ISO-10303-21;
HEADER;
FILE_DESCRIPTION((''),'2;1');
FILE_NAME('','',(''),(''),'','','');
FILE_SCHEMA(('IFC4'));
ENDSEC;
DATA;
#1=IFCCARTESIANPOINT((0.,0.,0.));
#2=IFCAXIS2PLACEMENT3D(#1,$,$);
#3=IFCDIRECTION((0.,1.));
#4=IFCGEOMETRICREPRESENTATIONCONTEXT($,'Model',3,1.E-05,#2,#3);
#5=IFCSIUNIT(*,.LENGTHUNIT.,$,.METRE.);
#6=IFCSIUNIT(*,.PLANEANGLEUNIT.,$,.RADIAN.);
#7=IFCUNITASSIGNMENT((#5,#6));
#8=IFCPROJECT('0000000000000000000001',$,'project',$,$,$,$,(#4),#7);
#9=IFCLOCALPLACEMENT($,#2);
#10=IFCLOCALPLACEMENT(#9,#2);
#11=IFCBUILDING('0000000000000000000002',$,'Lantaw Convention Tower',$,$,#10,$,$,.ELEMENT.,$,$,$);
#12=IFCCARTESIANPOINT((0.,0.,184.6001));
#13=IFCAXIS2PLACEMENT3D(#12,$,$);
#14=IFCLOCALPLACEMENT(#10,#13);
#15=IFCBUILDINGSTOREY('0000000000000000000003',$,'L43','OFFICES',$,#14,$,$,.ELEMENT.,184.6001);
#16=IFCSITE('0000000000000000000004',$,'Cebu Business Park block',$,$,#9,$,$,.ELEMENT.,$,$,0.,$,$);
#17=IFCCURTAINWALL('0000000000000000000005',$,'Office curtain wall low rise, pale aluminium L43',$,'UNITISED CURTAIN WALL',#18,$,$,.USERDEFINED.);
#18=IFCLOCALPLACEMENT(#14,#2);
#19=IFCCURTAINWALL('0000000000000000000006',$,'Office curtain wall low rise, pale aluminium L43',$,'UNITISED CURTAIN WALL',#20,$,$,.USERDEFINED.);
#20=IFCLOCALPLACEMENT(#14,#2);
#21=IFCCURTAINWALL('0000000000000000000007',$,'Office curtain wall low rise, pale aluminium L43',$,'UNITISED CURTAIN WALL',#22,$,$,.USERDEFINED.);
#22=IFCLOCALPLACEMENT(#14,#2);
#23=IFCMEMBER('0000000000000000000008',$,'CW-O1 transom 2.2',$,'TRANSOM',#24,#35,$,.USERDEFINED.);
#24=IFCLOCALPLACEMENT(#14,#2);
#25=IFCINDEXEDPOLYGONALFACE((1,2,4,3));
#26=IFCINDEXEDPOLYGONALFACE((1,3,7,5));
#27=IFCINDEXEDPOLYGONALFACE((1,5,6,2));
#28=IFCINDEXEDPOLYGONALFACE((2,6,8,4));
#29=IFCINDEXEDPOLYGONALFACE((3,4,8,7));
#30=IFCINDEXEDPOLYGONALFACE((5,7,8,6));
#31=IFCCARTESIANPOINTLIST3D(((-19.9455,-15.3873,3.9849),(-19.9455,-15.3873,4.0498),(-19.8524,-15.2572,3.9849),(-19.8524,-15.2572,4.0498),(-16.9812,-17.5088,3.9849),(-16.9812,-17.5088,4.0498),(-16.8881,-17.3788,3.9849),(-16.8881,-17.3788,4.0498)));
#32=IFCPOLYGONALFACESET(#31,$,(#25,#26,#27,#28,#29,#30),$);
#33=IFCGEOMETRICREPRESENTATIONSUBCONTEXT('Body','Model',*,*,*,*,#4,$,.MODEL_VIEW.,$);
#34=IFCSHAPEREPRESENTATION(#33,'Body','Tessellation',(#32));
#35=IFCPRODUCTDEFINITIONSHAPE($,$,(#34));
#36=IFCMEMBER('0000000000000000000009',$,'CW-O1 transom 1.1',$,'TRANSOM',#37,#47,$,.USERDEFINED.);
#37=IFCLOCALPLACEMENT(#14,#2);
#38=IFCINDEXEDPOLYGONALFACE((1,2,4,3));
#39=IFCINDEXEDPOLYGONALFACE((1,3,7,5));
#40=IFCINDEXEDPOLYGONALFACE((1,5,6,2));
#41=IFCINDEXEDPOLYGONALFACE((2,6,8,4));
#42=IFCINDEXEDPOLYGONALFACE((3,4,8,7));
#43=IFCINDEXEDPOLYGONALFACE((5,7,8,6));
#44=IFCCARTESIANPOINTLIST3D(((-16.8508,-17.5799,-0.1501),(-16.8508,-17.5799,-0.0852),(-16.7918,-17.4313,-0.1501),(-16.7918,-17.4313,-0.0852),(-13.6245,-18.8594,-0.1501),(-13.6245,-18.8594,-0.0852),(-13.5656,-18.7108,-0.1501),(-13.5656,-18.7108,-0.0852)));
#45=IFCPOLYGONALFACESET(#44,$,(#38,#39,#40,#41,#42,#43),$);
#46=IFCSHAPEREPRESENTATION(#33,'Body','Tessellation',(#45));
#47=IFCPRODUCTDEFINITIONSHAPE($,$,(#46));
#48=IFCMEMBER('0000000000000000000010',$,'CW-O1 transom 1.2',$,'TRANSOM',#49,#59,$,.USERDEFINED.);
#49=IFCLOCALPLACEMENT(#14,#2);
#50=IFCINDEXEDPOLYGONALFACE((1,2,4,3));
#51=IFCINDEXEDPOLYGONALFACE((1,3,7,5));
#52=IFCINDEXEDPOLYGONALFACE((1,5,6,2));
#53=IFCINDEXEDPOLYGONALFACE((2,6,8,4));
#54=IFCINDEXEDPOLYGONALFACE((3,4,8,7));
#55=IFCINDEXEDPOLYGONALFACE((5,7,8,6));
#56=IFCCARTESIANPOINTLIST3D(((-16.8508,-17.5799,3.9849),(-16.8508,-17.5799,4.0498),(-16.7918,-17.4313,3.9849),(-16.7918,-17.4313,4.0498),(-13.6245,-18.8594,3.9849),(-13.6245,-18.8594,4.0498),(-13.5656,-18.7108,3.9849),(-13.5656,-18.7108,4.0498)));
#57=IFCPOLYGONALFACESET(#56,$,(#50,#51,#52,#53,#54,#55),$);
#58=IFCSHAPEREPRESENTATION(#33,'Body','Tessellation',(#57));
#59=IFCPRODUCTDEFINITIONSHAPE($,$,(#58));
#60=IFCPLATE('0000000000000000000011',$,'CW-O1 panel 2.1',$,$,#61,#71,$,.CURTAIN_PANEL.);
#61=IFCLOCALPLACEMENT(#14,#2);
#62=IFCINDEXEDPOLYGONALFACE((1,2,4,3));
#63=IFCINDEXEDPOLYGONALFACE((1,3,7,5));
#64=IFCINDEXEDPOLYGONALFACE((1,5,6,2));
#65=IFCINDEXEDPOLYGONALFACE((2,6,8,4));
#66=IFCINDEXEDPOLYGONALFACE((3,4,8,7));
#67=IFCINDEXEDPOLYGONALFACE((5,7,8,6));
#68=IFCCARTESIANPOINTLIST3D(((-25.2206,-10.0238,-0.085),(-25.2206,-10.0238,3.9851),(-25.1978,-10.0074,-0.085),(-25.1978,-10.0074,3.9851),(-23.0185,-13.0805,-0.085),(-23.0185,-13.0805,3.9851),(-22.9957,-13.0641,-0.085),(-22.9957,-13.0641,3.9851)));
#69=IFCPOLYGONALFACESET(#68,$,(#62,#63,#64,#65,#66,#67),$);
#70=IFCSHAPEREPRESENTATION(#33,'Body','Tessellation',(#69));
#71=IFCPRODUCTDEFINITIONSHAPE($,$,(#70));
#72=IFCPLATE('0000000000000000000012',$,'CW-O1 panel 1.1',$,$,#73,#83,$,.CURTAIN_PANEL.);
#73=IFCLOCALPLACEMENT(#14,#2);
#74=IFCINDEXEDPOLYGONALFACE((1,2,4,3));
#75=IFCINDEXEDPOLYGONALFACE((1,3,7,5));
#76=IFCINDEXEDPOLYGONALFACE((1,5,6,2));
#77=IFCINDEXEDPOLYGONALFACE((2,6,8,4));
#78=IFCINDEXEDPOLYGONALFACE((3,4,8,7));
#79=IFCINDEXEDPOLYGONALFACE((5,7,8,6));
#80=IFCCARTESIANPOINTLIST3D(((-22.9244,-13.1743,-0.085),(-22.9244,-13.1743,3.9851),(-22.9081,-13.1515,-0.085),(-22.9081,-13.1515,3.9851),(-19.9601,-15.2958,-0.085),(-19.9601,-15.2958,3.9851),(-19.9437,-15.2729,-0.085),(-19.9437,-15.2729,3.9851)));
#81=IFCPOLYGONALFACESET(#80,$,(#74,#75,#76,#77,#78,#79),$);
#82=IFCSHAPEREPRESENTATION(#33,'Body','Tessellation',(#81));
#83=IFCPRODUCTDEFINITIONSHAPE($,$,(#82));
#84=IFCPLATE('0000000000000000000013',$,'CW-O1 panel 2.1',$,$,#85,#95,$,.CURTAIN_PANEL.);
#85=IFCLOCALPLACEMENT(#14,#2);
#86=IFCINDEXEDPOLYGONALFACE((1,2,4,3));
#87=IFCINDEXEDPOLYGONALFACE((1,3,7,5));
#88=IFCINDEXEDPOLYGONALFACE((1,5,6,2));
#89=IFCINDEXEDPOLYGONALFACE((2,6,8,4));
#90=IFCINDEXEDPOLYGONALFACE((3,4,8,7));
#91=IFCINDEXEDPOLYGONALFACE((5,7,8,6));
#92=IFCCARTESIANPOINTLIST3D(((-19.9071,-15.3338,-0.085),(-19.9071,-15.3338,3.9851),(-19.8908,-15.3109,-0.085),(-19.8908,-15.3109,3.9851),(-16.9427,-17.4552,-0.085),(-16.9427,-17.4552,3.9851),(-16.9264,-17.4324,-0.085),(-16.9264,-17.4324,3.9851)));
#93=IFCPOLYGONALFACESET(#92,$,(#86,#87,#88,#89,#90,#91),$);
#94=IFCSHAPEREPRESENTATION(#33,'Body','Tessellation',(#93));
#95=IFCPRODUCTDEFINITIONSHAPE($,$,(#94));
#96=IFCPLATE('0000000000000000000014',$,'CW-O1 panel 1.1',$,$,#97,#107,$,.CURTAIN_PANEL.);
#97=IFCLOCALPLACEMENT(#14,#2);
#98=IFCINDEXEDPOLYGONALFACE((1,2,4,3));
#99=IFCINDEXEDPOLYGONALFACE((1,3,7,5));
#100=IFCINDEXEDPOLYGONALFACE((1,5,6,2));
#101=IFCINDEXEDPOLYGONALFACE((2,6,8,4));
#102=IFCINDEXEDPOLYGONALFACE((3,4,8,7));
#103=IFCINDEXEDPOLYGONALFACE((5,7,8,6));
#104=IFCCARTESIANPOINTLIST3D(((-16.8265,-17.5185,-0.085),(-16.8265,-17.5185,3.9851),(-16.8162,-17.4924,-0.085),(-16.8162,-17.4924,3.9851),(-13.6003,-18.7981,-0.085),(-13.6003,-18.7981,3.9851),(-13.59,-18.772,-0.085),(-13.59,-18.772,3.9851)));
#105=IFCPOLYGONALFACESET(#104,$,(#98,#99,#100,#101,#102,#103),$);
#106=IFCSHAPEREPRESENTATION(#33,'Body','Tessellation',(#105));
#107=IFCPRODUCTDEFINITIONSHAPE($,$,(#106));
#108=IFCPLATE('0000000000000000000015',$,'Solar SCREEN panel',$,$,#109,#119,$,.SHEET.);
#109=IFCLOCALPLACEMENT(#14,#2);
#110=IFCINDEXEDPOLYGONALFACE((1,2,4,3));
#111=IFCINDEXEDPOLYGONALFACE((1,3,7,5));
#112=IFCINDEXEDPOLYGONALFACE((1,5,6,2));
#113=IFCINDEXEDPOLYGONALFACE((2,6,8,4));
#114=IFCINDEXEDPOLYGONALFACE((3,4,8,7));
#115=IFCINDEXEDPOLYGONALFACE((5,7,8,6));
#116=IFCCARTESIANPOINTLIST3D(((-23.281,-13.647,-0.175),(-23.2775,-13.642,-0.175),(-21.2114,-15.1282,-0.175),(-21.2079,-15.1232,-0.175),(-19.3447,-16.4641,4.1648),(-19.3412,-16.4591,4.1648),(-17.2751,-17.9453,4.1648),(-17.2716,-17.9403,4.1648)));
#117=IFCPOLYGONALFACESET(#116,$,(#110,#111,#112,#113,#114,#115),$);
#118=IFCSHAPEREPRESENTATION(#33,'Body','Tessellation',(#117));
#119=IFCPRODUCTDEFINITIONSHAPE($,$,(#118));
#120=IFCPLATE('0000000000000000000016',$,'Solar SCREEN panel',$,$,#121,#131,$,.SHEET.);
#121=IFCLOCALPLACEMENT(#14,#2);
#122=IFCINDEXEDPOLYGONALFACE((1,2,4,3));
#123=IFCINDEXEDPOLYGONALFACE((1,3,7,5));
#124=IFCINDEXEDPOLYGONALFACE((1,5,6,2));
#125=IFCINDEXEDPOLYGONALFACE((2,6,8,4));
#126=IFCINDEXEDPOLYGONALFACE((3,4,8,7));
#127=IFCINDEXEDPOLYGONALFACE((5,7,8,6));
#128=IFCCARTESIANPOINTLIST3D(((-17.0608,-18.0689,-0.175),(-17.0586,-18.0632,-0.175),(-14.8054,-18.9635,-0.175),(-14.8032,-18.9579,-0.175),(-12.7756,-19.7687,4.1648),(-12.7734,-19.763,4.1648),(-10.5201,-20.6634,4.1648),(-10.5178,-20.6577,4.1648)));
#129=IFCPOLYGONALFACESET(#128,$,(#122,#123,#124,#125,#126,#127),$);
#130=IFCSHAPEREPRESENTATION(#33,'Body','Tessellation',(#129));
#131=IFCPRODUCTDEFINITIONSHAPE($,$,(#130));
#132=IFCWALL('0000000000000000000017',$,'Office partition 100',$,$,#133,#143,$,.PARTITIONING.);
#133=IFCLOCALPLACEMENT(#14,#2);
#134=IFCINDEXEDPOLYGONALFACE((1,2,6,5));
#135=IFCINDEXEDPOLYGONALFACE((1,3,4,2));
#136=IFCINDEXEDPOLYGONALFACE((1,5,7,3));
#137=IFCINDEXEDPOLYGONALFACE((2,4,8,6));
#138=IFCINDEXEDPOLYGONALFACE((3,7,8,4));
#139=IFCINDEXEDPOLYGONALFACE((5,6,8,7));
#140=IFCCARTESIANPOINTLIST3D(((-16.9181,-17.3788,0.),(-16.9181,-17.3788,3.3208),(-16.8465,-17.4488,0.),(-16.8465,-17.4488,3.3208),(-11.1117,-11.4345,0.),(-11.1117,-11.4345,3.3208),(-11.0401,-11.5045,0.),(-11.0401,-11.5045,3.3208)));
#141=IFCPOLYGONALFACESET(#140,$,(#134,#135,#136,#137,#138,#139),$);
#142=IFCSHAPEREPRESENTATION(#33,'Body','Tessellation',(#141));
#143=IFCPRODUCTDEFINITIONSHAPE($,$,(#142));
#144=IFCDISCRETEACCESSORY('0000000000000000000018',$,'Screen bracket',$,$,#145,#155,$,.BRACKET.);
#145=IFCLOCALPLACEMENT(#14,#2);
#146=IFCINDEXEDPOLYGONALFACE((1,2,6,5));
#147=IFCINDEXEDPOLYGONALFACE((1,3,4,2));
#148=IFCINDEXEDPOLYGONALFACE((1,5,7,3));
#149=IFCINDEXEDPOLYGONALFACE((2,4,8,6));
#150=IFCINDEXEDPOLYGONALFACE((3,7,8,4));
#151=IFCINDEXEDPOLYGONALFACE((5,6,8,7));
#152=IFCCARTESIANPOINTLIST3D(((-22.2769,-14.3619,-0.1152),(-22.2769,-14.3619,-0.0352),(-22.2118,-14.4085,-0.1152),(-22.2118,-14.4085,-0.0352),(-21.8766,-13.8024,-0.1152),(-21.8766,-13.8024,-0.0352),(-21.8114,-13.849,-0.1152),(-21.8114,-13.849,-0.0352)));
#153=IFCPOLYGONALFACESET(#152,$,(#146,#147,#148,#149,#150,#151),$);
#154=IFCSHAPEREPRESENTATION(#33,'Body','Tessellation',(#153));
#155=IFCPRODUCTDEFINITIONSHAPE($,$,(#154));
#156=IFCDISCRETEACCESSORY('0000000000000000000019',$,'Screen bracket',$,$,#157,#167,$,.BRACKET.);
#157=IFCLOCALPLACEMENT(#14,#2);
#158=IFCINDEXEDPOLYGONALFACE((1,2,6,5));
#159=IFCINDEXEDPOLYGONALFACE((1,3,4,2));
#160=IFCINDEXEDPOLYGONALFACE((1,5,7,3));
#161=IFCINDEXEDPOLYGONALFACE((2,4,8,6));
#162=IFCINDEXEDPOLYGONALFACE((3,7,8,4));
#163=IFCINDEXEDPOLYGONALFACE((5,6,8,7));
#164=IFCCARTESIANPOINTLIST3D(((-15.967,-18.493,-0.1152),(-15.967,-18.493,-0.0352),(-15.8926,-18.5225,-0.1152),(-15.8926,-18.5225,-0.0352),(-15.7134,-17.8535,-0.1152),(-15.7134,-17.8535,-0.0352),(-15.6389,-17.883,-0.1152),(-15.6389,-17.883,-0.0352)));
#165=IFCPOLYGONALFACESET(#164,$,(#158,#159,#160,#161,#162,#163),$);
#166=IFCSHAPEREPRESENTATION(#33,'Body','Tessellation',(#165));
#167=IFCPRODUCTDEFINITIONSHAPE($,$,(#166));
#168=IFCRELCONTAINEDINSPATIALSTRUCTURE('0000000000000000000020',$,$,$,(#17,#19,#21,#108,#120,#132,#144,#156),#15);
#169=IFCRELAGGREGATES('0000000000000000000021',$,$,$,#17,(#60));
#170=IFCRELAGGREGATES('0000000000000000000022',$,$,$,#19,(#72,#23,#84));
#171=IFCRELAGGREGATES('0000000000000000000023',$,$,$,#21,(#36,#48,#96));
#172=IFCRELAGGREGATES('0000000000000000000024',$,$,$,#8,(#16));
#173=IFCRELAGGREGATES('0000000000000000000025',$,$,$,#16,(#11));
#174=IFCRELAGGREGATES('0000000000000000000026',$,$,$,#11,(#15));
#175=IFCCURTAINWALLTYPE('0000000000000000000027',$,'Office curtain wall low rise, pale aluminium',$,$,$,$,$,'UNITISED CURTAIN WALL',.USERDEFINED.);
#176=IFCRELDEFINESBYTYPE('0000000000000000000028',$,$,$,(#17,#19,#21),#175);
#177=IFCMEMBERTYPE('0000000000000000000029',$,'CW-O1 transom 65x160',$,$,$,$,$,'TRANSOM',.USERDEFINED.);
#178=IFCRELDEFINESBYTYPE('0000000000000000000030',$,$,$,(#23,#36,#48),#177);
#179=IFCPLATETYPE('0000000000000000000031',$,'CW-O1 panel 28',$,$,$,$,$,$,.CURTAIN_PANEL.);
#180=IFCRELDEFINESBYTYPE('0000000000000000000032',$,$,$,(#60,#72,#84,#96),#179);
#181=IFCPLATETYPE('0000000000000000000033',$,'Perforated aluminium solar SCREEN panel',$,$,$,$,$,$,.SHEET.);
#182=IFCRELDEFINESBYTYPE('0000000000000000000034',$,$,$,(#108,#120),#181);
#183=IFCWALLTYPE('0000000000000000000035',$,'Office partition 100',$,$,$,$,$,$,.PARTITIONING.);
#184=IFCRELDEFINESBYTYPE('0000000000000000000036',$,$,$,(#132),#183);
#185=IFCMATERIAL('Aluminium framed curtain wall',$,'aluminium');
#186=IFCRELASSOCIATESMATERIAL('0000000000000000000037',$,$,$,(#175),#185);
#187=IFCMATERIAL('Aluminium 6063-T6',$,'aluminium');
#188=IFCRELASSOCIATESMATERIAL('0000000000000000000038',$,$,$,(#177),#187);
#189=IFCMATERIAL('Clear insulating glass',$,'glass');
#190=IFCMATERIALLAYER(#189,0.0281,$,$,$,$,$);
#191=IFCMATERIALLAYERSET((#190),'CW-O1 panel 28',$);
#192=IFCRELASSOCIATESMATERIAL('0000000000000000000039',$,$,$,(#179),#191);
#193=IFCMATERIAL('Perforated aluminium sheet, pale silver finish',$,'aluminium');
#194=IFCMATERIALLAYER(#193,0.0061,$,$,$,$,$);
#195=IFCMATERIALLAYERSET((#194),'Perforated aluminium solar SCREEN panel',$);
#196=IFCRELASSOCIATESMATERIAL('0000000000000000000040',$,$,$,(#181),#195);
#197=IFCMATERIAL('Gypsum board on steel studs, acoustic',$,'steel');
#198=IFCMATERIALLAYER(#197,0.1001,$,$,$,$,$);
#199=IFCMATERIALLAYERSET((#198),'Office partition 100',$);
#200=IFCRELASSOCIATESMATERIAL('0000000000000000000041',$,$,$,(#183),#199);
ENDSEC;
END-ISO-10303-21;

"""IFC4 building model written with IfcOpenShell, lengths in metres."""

from ifc_helpers import new_model, si_unit, direction, frame, frame_2d, origin, origin_2d, place, context, subcontext, project, spatial, polyline, rectangle, outline, extrude, material, layer, layer_set, material_profile, profile_set, type_object, element, aggregate, save


model = new_model("IFC4")

# Units and contexts
model_context = context("Model", 3, precision=1e-05, world=origin(), true_north=direction((0.0, 1.0)))
body_context = subcontext(model_context, "Body", "Model", "MODEL_VIEW")
ifc_project = project(units=[si_unit("LENGTHUNIT", "METRE"), si_unit("PLANEANGLEUNIT", "RADIAN")], contexts=[model_context])

# Site, building, storey
site_placement = place(None, origin())
site = spatial("IfcSite", under=ifc_project, at=site_placement, Name="Cebu Business Park block", CompositionType="ELEMENT", RefElevation=0.0)
building_placement = place(site_placement, origin())
building = spatial("IfcBuilding", under=site, at=building_placement, Name="Lantaw Convention Tower", CompositionType="ELEMENT")
storey_placement = place(building_placement, frame((0.0, 0.0, 184.6001)))
storey = spatial("IfcBuildingStorey", under=building, at=storey_placement, Name="L43", Description="OFFICES", CompositionType="ELEMENT", Elevation=184.6001)

# Curtain walls
ifc_material_1 = material(Name="Aluminium framed curtain wall", Category="aluminium")
curtain_wall_type = type_object("IfcCurtainWallType", Name="Office curtain wall low rise, pale aluminium", ElementType="UNITISED CURTAIN WALL", PredefinedType="USERDEFINED", material=ifc_material_1)
curtain_wall_1_placement = place(storey_placement, origin())
curtain_wall_1 = element("IfcCurtainWall", 1, at=curtain_wall_1_placement, inside=storey, type_object=curtain_wall_type, Name="Office curtain wall low rise, pale aluminium L43", ObjectType="UNITISED CURTAIN WALL", PredefinedType="USERDEFINED")
ifc_material_2 = material(Name="Aluminium 6063-T6", Category="aluminium")
curtain_wall_2_placement = place(storey_placement, origin())
curtain_wall_2 = element("IfcCurtainWall", 2, at=curtain_wall_2_placement, inside=storey, type_object=curtain_wall_type, Name="Office curtain wall low rise, pale aluminium L43", ObjectType="UNITISED CURTAIN WALL", PredefinedType="USERDEFINED")

# Curtain wall
curtain_wall_3_placement = place(storey_placement, origin())
curtain_wall_3 = element("IfcCurtainWall", 3, at=curtain_wall_3_placement, inside=storey, type_object=curtain_wall_type, Name="Office curtain wall low rise, pale aluminium L43", ObjectType="UNITISED CURTAIN WALL", PredefinedType="USERDEFINED")

# Members
ifc_material_profile_1 = material_profile(ifc_material_2, rectangle(XDim=0.1599, YDim=0.0649, at=origin_2d()), Name="CW-O1 transom 65x160")
ifc_profile_set_1 = profile_set([ifc_material_profile_1], Name="Aluminium 6063-T6")
member_type_1 = type_object("IfcMemberType", Name="CW-O1 transom 65x160", ElementType="TRANSOM", PredefinedType="USERDEFINED", material=ifc_profile_set_1)
member_1_placement = place(storey_placement, frame((-19.8989, -15.3223, 4.0173), z_axis=(0.81319, -0.581998, 0.0), x_axis=(0.581998, 0.81319, 0.0)))
member_1 = element("IfcMember", 4, at=member_1_placement, type_object=member_type_1, Name="CW-O1 transom 2.2", ObjectType="TRANSOM", PredefinedType="USERDEFINED", context=body_context, shape_type="SweptSolid", body=[
    extrude(rectangle(XDim=0.1599, YDim=0.0649, at=origin_2d()), origin(), (0.0, 0.0, 1.0), 3.6453),
])
member_2_placement = place(storey_placement, frame((-16.8213, -17.5056, -0.1177), z_axis=(0.929564, -0.36866, 0.0), x_axis=(0.36866, 0.929564, 0.0)))
member_2 = element("IfcMember", 5, at=member_2_placement, type_object=member_type_1, Name="CW-O1 transom 1.1", ObjectType="TRANSOM", PredefinedType="USERDEFINED", context=body_context, shape_type="SweptSolid", body=[
    extrude(rectangle(XDim=0.1599, YDim=0.0649, at=origin_2d()), origin(), (0.0, 0.0, 1.0), 3.4707),
])
member_3_placement = place(storey_placement, frame((-16.8213, -17.5056, 4.0173), z_axis=(0.929564, -0.36866, 0.0), x_axis=(0.36866, 0.929564, 0.0)))
member_3 = element("IfcMember", 6, at=member_3_placement, type_object=member_type_1, Name="CW-O1 transom 1.2", ObjectType="TRANSOM", PredefinedType="USERDEFINED", context=body_context, shape_type="SweptSolid", body=[
    extrude(rectangle(XDim=0.1599, YDim=0.0649, at=origin_2d()), origin(), (0.0, 0.0, 1.0), 3.4707),
])

# Plates
ifc_material_3 = material(Name="Clear insulating glass", Category="glass")
ifc_layer_1 = layer(ifc_material_3, 0.0281)
ifc_layer_set_1 = layer_set([ifc_layer_1], Name="CW-O1 panel 28")
plate_type_1 = type_object("IfcPlateType", Name="CW-O1 panel 28", PredefinedType="CURTAIN_PANEL", material=ifc_layer_set_1)
plate_1_placement = place(storey_placement, frame((-24.1082, -11.5439, -0.085), z_axis=(0.0, 0.0, 1.0), x_axis=(0.584513, -0.811385, 0.0)))
plate_1 = element("IfcPlate", 7, at=plate_1_placement, type_object=plate_type_1, Name="CW-O1 panel 2.1", PredefinedType="CURTAIN_PANEL", context=body_context, shape_type="SweptSolid", body=[
    extrude(rectangle(XDim=3.7673, YDim=0.0281, at=origin_2d()), origin(), (0.0, 0.0, 1.0), 4.0701),
])
aggregate(curtain_wall_1, [plate_1])
plate_2_placement = place(storey_placement, frame((-21.4341, -14.2236, -0.085), z_axis=(0.0, 0.0, 1.0), x_axis=(0.813208, -0.581973, 0.0)))
plate_2 = element("IfcPlate", 8, at=plate_2_placement, type_object=plate_type_1, Name="CW-O1 panel 1.1", PredefinedType="CURTAIN_PANEL", context=body_context, shape_type="SweptSolid", body=[
    extrude(rectangle(XDim=3.6453, YDim=0.0281, at=origin_2d()), origin(), (0.0, 0.0, 1.0), 4.0701),
])
plate_3_placement = place(storey_placement, frame((-18.4167, -16.3831, -0.085), z_axis=(0.0, 0.0, 1.0), x_axis=(0.813208, -0.581973, 0.0)))
plate_3 = element("IfcPlate", 9, at=plate_3_placement, type_object=plate_type_1, Name="CW-O1 panel 2.1", PredefinedType="CURTAIN_PANEL", context=body_context, shape_type="SweptSolid", body=[
    extrude(rectangle(XDim=3.6453, YDim=0.0281, at=origin_2d()), origin(), (0.0, 0.0, 1.0), 4.0701),
])
aggregate(curtain_wall_2, [plate_2, member_1, plate_3])
plate_4_placement = place(storey_placement, frame((-15.2083, -18.1453, -0.085), z_axis=(0.0, 0.0, 1.0), x_axis=(0.929548, -0.368702, 0.0)))
plate_4 = element("IfcPlate", 10, at=plate_4_placement, type_object=plate_type_1, Name="CW-O1 panel 1.1", PredefinedType="CURTAIN_PANEL", context=body_context, shape_type="SweptSolid", body=[
    extrude(rectangle(XDim=3.4707, YDim=0.0281, at=origin_2d()), origin(), (0.0, 0.0, 1.0), 4.0701),
])
aggregate(curtain_wall_3, [member_2, member_3, plate_4])

# Plates
ifc_material_4 = material(Name="Perforated aluminium sheet, pale silver finish", Category="aluminium")
ifc_layer_2 = layer(ifc_material_4, 0.0061)
ifc_layer_set_2 = layer_set([ifc_layer_2], Name="Perforated aluminium solar SCREEN panel")
plate_type_2 = type_object("IfcPlateType", Name="Perforated aluminium solar SCREEN panel", PredefinedType="SHEET", material=ifc_layer_set_2)
plate_5_placement = place(storey_placement, frame((-23.281, -13.647, -0.175), z_axis=(-0.582, -0.813189, 0.000012), x_axis=(0.813189, -0.582, 0.0)))
element("IfcPlate", 11, at=plate_5_placement, inside=storey, type_object=plate_type_2, Name="Solar SCREEN panel", PredefinedType="SHEET", context=body_context, shape_type="SweptSolid", body=[
    extrude(outline(polyline([(0.0, 0.0), (2.545, 0.0), (7.3855, 4.3398), (4.8405, 4.3398), (0.0, 0.0)])), origin(), (0.0, 0.0, -1.0), 0.0061),
])
plate_6_placement = place(storey_placement, frame((-17.0586, -18.0632, -0.175), z_axis=(0.368709, 0.929545, 0.000011), x_axis=(0.929545, -0.368709, 0.0)))
element("IfcPlate", 12, at=plate_6_placement, inside=storey, type_object=plate_type_2, Name="Solar SCREEN panel", PredefinedType="SHEET", context=body_context, shape_type="SweptSolid", body=[
    extrude(outline(polyline([(0.0, 0.0), (2.4264, 0.0), (7.0365, -4.3398), (4.61, -4.3398), (0.0, 0.0)])), origin(), (0.0, 0.0, -1.0), 0.0061),
])

# Wall
ifc_material_5 = material(Name="Gypsum board on steel studs, acoustic", Category="steel")
ifc_layer_3 = layer(ifc_material_5, 0.1001)
ifc_layer_set_3 = layer_set([ifc_layer_3], Name="Office partition 100")
wall_type = type_object("IfcWallType", Name="Office partition 100", PredefinedType="PARTITIONING", material=ifc_layer_set_3)
wall_placement = place(storey_placement, frame((-16.8823, -17.4138, 0.0), z_axis=(0.0, 0.0, 1.0), x_axis=(0.698758, 0.715358, 0.0)))
element("IfcWall", 13, at=wall_placement, inside=storey, type_object=wall_type, Name="Office partition 100", PredefinedType="PARTITIONING", context=body_context, shape_type="SweptSolid", body=[
    extrude(rectangle(XDim=8.3096, YDim=0.1001, at=frame_2d((4.1548, 0.0))), origin(), (0.0, 0.0, 1.0), 3.3208),
])

# Discrete accessories
for number, where, z_axis, x_axis, name in (
    (14, (-22.0442, -14.1055, -0.1152), (0.0, 0.0, 1.0), (0.813208, -0.581973, 0.0), "Screen bracket"),
    (15, (-15.803, -18.188, -0.1152), (0.0, 0.0, 1.0), (0.929548, -0.368702, 0.0), "Screen bracket"),
):
    element("IfcDiscreteAccessory", number, at=place(storey_placement, frame(where, z_axis=z_axis, x_axis=x_axis)), inside=storey, Name=name, PredefinedType="BRACKET", context=body_context, shape_type="SweptSolid", body=[
        extrude(rectangle(XDim=0.0801, YDim=0.688, at=origin_2d()), origin(), (0.0, 0.0, 1.0), 0.0801),
    ])

save(model, "model.ifc")
